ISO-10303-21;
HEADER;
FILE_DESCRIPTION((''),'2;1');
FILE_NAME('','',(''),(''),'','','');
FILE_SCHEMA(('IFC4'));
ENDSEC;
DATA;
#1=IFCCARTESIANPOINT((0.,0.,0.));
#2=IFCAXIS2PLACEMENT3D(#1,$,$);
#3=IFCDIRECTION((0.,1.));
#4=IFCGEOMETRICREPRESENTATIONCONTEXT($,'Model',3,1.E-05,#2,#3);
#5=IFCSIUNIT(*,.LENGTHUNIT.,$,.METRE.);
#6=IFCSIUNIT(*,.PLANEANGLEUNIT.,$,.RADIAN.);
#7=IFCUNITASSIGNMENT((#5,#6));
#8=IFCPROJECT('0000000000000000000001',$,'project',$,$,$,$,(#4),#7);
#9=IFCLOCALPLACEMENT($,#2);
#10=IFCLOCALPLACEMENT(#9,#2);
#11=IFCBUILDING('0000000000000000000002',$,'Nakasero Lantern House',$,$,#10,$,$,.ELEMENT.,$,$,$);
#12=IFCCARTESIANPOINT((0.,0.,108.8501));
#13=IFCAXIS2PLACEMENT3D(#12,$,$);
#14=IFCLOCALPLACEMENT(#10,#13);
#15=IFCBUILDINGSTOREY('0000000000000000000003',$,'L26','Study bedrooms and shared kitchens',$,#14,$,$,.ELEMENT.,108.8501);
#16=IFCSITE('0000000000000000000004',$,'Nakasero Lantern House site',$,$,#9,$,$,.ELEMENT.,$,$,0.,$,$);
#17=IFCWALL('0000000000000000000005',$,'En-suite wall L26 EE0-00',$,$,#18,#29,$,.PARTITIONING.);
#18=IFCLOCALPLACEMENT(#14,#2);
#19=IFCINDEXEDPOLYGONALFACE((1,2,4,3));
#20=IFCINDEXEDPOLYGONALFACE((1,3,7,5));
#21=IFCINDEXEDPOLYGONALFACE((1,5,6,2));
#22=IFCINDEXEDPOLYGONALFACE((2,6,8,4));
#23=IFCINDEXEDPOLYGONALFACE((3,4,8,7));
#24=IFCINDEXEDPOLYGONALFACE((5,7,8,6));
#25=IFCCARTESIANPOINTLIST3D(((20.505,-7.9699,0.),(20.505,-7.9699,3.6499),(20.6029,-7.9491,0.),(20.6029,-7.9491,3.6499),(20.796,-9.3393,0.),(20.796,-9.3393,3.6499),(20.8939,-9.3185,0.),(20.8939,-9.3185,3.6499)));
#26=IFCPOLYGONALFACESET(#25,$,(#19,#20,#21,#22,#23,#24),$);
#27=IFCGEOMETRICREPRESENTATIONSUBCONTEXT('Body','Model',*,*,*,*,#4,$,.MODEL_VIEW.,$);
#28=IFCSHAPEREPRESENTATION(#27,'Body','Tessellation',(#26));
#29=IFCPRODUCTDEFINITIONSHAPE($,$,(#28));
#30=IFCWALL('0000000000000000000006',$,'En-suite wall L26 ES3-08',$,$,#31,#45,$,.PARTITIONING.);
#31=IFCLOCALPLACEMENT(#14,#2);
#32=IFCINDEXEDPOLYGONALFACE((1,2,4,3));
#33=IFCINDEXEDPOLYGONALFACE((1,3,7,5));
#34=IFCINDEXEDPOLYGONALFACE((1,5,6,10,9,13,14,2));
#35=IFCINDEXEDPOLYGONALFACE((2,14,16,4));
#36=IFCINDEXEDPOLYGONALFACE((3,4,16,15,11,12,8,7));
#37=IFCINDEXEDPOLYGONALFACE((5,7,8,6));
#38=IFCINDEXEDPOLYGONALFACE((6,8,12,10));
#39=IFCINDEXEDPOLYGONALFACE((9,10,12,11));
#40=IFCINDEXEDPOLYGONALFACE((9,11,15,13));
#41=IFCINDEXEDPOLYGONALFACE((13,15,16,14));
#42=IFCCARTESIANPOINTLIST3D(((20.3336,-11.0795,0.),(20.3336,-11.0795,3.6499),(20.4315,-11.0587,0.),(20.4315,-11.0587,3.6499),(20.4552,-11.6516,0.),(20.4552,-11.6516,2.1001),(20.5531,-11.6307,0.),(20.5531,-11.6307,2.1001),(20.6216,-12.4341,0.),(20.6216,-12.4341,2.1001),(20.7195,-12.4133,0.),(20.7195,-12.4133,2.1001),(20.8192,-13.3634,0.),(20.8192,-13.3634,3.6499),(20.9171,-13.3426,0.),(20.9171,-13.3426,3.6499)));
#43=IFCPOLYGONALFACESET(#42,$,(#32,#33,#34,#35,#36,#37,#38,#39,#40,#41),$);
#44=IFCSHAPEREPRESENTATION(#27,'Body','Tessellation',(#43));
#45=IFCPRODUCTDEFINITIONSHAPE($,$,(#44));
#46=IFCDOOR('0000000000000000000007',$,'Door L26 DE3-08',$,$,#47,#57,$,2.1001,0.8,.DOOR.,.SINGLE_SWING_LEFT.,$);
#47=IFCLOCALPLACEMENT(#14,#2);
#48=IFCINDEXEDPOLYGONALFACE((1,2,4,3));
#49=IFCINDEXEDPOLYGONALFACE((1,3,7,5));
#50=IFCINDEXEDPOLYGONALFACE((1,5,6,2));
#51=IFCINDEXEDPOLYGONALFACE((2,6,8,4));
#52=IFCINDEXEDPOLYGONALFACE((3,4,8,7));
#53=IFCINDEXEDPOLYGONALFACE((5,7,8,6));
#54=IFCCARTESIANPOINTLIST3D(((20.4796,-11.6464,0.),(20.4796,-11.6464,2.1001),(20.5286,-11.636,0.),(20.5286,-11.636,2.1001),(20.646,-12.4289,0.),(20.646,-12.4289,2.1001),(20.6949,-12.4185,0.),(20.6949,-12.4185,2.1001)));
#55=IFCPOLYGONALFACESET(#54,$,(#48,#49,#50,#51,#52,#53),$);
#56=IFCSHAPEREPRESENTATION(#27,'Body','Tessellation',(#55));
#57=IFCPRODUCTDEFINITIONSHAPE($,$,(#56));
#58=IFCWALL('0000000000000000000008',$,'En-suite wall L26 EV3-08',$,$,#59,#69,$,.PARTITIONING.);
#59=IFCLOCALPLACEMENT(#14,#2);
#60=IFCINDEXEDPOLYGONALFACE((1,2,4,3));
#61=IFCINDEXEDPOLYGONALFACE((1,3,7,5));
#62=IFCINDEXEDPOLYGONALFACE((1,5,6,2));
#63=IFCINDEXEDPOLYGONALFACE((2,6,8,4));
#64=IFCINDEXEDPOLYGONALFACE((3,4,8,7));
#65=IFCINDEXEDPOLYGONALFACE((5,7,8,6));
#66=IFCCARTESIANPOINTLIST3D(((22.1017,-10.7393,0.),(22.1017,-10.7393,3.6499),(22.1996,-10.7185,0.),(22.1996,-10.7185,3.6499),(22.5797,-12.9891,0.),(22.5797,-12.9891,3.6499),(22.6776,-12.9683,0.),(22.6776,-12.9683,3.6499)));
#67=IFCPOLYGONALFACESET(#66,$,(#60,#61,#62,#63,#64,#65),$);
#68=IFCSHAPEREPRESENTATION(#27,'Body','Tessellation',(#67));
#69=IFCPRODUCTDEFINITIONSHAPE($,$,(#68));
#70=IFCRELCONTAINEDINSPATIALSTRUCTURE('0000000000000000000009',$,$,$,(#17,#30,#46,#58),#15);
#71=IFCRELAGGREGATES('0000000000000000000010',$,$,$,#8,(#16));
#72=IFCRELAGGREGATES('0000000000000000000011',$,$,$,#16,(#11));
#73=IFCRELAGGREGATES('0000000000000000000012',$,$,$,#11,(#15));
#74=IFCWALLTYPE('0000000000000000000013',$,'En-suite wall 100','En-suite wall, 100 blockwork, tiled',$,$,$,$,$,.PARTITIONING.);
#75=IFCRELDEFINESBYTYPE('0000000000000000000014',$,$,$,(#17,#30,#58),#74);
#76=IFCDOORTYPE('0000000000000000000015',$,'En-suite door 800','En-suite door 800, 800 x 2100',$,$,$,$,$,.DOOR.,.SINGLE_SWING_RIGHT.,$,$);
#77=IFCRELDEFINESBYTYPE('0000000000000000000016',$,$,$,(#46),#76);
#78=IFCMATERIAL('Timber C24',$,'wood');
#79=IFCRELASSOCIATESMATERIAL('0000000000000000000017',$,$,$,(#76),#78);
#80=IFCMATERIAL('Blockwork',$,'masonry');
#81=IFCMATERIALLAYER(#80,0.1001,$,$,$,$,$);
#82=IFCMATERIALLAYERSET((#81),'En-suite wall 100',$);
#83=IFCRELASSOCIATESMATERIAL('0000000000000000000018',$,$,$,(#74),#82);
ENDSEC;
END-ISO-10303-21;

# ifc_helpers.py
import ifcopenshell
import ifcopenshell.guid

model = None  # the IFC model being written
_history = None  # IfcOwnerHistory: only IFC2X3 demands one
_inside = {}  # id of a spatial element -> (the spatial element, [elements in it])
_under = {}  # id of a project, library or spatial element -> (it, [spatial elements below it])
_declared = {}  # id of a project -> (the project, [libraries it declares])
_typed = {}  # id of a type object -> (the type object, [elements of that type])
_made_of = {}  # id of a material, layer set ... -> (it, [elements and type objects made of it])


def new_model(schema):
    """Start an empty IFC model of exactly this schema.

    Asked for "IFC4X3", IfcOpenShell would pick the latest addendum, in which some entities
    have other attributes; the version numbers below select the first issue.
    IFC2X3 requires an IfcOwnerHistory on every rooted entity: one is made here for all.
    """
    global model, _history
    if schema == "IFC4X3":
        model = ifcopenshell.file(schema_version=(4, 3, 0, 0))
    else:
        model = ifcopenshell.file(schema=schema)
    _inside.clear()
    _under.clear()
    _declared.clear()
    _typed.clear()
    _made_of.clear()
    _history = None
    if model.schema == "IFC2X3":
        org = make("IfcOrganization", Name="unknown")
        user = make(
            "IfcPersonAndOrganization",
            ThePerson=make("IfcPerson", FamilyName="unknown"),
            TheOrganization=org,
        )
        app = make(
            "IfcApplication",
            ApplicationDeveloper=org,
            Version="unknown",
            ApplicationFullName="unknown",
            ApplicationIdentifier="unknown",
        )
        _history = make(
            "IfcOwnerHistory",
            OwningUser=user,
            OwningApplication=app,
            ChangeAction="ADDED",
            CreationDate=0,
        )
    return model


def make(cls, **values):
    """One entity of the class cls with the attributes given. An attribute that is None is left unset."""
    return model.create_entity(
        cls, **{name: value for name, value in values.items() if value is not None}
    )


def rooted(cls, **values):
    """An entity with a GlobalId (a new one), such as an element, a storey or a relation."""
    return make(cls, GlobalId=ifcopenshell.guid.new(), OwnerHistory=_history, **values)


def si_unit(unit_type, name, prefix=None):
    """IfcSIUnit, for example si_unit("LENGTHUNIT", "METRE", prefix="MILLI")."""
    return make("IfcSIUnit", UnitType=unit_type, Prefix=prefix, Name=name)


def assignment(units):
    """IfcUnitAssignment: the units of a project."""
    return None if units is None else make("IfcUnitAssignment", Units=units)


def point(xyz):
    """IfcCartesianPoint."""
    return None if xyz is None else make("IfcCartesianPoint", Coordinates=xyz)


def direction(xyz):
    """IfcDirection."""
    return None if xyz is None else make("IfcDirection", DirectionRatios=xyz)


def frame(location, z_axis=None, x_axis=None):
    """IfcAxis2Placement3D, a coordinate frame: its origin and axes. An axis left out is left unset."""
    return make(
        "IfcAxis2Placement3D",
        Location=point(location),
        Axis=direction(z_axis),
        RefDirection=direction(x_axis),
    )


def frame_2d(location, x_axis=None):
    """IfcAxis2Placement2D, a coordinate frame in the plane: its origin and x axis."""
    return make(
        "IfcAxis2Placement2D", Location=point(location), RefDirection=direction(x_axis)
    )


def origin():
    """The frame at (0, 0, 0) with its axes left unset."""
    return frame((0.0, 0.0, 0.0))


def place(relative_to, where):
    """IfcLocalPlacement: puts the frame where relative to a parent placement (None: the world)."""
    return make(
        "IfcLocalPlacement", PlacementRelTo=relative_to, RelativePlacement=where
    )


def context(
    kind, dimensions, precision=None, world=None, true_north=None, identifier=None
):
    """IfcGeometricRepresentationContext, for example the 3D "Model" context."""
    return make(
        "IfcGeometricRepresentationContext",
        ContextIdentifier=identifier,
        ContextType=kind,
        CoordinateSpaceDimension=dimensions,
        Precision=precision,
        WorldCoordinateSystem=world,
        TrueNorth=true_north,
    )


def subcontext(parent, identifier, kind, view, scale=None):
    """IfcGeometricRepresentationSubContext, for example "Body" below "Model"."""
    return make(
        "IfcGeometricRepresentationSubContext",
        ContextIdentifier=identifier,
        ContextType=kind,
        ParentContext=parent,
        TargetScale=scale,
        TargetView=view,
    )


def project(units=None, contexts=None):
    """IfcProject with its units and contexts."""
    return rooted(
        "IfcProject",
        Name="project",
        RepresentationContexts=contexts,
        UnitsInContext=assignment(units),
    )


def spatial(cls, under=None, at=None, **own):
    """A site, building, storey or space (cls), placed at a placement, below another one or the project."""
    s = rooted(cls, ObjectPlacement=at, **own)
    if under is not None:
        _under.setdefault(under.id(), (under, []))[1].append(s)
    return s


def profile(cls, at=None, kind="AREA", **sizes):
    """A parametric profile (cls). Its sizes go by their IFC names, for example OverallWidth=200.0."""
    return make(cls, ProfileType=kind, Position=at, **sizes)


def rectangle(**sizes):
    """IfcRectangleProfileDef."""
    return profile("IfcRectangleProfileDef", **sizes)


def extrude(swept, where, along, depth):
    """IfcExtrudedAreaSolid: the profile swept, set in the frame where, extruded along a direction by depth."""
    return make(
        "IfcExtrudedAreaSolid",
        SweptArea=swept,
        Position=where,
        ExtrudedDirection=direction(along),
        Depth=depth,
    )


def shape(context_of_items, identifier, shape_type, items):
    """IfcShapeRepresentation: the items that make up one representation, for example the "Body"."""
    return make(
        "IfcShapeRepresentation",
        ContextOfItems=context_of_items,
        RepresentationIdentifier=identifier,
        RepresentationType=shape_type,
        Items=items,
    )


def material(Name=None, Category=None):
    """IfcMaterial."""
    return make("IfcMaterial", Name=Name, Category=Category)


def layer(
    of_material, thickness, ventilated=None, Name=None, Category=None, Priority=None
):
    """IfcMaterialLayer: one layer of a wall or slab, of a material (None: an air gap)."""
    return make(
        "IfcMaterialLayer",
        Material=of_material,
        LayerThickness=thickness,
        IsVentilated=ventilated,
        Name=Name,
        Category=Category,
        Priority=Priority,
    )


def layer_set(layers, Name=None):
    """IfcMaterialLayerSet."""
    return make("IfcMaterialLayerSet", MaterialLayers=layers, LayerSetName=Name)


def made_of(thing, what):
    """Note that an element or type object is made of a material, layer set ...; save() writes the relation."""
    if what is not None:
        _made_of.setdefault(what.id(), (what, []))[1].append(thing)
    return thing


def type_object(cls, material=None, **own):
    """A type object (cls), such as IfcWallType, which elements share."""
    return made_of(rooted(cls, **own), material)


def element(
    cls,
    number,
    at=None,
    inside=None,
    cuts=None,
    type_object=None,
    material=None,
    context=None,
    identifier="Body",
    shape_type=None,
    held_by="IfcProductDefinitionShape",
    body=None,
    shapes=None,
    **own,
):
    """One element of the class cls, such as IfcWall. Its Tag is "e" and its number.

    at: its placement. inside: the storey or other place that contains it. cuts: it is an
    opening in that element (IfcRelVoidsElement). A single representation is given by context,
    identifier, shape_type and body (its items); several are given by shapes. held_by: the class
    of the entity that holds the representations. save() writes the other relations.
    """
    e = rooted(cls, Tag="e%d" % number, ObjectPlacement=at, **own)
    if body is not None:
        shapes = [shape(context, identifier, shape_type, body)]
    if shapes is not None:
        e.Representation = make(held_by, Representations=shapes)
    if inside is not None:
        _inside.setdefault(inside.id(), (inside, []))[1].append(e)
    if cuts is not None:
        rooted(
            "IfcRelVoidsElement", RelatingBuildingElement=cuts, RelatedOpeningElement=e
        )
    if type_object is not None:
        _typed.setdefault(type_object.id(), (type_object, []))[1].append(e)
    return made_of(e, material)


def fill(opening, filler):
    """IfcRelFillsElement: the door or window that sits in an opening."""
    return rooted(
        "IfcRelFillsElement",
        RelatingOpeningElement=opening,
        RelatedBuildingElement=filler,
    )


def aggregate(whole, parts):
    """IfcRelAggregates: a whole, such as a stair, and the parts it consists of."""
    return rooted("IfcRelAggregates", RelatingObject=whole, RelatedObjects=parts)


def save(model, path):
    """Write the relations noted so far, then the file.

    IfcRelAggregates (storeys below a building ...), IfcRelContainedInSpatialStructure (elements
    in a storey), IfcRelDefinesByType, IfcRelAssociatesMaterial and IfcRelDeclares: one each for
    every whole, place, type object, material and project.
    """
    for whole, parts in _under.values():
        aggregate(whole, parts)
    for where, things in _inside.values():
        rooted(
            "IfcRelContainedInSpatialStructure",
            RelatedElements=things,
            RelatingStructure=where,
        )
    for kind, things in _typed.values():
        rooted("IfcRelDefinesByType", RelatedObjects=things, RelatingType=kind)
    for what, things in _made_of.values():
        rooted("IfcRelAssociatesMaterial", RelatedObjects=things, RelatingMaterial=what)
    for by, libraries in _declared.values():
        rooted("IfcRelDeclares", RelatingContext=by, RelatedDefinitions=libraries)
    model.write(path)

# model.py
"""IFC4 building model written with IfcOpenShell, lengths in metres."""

from ifc_helpers import new_model, si_unit, direction, frame, frame_2d, origin, place, context, subcontext, project, spatial, rectangle, extrude, material, layer, layer_set, type_object, element, fill, save


model = new_model("IFC4")

# Units and contexts
model_context = context("Model", 3, precision=1e-05, world=origin(), true_north=direction((0.0, 1.0)))
body_context = subcontext(model_context, "Body", "Model", "MODEL_VIEW")
ifc_project = project(units=[si_unit("LENGTHUNIT", "METRE"), si_unit("PLANEANGLEUNIT", "RADIAN")], contexts=[model_context])

# Site, building, storey
site_placement = place(None, origin())
site = spatial("IfcSite", under=ifc_project, at=site_placement, Name="Nakasero Lantern House site", CompositionType="ELEMENT", RefElevation=0.0)
building_placement = place(site_placement, origin())
building = spatial("IfcBuilding", under=site, at=building_placement, Name="Nakasero Lantern House", CompositionType="ELEMENT")
storey_placement = place(building_placement, frame((0.0, 0.0, 108.8501)))
storey = spatial("IfcBuildingStorey", under=building, at=storey_placement, Name="L26", Description="Study bedrooms and shared kitchens", CompositionType="ELEMENT", Elevation=108.8501)

# Shared definitions
ifc_material_1 = material(Name="Timber C24", Category="wood")
door_type_1 = type_object("IfcDoorType", Name="En-suite door 800", Description="En-suite door 800, 800 x 2100", OperationType="SINGLE_SWING_RIGHT", PredefinedType="DOOR", material=ifc_material_1)

# Wall
ifc_material_2 = material(Name="Blockwork", Category="masonry")
ifc_layer_1 = layer(ifc_material_2, 0.1001)
ifc_layer_set_1 = layer_set([ifc_layer_1], Name="En-suite wall 100")
wall_type_1 = type_object("IfcWallType", Name="En-suite wall 100", Description="En-suite wall, 100 blockwork, tiled", PredefinedType="PARTITIONING", material=ifc_layer_set_1)
wall_1_placement = place(storey_placement, frame((20.845, -9.3289, 0.0), z_axis=(0.0, 0.0, 1.0), x_axis=(-0.207873, 0.978156, 0.0)))
element("IfcWall", 1, at=wall_1_placement, inside=storey, type_object=wall_type_1, Name="En-suite wall L26 EE0-00", PredefinedType="PARTITIONING", context=body_context, shape_type="SweptSolid", body=[
    extrude(rectangle(XDim=1.3999, YDim=0.1001, at=frame_2d((0.7, 0.0))), origin(), (0.0, 0.0, 1.0), 3.6499),
])

# Wall, opening, door
wall_2_placement = place(storey_placement, frame((20.3826, -11.0691, 0.0), z_axis=(0.0, 0.0, 1.0), x_axis=(0.207965, -0.978136, 0.0)))
wall_2 = element("IfcWall", 2, at=wall_2_placement, inside=storey, type_object=wall_type_1, Name="En-suite wall L26 ES3-08", PredefinedType="PARTITIONING", context=body_context, shape_type="SweptSolid", body=[
    extrude(rectangle(XDim=2.335, YDim=0.1001, at=frame_2d((1.1675, 0.0))), origin(), (0.0, 0.0, 1.0), 3.6499),
])
opening_1_placement = place(wall_2_placement, frame((0.585, 0.0, 0.0)))
opening_1 = element("IfcOpeningElement", 3, at=opening_1_placement, cuts=wall_2, PredefinedType="OPENING", context=body_context, shape_type="SweptSolid", body=[
    extrude(rectangle(XDim=0.8, YDim=2.1001, at=frame_2d((0.3999, 1.05))), frame((0.0, 0.0701, 0.0), z_axis=(0.0, -1.0, 0.0), x_axis=(1.0, 0.0, 0.0)), (0.0, 0.0, 1.0), 0.1401),
])
door_1_placement = place(opening_1_placement, origin())
door_1 = element("IfcDoor", 4, at=door_1_placement, inside=storey, type_object=door_type_1, Name="Door L26 DE3-08", OperationType="SINGLE_SWING_LEFT", OverallHeight=2.1001, OverallWidth=0.8, PredefinedType="DOOR", context=body_context, shape_type="SweptSolid", body=[
    extrude(rectangle(XDim=0.8, YDim=2.1001, at=frame_2d((0.3999, 1.05))), frame((0.0, 0.0249, 0.0), z_axis=(0.0, -1.0, 0.0), x_axis=(1.0, 0.0, 0.0)), (0.0, 0.0, 1.0), 0.05),
])
fill(opening_1, door_1)

# Wall
wall_3_placement = place(storey_placement, frame((22.1506, -10.729, 0.0), z_axis=(0.0, 0.0, 1.0), x_axis=(0.20784, -0.978163, 0.0)))
element("IfcWall", 5, at=wall_3_placement, inside=storey, type_object=wall_type_1, Name="En-suite wall L26 EV3-08", PredefinedType="PARTITIONING", context=body_context, shape_type="SweptSolid", body=[
    extrude(rectangle(XDim=2.3, YDim=0.1001, at=frame_2d((1.1499, 0.0))), origin(), (0.0, 0.0, 1.0), 3.6499),
])

save(model, "model.ifc")
